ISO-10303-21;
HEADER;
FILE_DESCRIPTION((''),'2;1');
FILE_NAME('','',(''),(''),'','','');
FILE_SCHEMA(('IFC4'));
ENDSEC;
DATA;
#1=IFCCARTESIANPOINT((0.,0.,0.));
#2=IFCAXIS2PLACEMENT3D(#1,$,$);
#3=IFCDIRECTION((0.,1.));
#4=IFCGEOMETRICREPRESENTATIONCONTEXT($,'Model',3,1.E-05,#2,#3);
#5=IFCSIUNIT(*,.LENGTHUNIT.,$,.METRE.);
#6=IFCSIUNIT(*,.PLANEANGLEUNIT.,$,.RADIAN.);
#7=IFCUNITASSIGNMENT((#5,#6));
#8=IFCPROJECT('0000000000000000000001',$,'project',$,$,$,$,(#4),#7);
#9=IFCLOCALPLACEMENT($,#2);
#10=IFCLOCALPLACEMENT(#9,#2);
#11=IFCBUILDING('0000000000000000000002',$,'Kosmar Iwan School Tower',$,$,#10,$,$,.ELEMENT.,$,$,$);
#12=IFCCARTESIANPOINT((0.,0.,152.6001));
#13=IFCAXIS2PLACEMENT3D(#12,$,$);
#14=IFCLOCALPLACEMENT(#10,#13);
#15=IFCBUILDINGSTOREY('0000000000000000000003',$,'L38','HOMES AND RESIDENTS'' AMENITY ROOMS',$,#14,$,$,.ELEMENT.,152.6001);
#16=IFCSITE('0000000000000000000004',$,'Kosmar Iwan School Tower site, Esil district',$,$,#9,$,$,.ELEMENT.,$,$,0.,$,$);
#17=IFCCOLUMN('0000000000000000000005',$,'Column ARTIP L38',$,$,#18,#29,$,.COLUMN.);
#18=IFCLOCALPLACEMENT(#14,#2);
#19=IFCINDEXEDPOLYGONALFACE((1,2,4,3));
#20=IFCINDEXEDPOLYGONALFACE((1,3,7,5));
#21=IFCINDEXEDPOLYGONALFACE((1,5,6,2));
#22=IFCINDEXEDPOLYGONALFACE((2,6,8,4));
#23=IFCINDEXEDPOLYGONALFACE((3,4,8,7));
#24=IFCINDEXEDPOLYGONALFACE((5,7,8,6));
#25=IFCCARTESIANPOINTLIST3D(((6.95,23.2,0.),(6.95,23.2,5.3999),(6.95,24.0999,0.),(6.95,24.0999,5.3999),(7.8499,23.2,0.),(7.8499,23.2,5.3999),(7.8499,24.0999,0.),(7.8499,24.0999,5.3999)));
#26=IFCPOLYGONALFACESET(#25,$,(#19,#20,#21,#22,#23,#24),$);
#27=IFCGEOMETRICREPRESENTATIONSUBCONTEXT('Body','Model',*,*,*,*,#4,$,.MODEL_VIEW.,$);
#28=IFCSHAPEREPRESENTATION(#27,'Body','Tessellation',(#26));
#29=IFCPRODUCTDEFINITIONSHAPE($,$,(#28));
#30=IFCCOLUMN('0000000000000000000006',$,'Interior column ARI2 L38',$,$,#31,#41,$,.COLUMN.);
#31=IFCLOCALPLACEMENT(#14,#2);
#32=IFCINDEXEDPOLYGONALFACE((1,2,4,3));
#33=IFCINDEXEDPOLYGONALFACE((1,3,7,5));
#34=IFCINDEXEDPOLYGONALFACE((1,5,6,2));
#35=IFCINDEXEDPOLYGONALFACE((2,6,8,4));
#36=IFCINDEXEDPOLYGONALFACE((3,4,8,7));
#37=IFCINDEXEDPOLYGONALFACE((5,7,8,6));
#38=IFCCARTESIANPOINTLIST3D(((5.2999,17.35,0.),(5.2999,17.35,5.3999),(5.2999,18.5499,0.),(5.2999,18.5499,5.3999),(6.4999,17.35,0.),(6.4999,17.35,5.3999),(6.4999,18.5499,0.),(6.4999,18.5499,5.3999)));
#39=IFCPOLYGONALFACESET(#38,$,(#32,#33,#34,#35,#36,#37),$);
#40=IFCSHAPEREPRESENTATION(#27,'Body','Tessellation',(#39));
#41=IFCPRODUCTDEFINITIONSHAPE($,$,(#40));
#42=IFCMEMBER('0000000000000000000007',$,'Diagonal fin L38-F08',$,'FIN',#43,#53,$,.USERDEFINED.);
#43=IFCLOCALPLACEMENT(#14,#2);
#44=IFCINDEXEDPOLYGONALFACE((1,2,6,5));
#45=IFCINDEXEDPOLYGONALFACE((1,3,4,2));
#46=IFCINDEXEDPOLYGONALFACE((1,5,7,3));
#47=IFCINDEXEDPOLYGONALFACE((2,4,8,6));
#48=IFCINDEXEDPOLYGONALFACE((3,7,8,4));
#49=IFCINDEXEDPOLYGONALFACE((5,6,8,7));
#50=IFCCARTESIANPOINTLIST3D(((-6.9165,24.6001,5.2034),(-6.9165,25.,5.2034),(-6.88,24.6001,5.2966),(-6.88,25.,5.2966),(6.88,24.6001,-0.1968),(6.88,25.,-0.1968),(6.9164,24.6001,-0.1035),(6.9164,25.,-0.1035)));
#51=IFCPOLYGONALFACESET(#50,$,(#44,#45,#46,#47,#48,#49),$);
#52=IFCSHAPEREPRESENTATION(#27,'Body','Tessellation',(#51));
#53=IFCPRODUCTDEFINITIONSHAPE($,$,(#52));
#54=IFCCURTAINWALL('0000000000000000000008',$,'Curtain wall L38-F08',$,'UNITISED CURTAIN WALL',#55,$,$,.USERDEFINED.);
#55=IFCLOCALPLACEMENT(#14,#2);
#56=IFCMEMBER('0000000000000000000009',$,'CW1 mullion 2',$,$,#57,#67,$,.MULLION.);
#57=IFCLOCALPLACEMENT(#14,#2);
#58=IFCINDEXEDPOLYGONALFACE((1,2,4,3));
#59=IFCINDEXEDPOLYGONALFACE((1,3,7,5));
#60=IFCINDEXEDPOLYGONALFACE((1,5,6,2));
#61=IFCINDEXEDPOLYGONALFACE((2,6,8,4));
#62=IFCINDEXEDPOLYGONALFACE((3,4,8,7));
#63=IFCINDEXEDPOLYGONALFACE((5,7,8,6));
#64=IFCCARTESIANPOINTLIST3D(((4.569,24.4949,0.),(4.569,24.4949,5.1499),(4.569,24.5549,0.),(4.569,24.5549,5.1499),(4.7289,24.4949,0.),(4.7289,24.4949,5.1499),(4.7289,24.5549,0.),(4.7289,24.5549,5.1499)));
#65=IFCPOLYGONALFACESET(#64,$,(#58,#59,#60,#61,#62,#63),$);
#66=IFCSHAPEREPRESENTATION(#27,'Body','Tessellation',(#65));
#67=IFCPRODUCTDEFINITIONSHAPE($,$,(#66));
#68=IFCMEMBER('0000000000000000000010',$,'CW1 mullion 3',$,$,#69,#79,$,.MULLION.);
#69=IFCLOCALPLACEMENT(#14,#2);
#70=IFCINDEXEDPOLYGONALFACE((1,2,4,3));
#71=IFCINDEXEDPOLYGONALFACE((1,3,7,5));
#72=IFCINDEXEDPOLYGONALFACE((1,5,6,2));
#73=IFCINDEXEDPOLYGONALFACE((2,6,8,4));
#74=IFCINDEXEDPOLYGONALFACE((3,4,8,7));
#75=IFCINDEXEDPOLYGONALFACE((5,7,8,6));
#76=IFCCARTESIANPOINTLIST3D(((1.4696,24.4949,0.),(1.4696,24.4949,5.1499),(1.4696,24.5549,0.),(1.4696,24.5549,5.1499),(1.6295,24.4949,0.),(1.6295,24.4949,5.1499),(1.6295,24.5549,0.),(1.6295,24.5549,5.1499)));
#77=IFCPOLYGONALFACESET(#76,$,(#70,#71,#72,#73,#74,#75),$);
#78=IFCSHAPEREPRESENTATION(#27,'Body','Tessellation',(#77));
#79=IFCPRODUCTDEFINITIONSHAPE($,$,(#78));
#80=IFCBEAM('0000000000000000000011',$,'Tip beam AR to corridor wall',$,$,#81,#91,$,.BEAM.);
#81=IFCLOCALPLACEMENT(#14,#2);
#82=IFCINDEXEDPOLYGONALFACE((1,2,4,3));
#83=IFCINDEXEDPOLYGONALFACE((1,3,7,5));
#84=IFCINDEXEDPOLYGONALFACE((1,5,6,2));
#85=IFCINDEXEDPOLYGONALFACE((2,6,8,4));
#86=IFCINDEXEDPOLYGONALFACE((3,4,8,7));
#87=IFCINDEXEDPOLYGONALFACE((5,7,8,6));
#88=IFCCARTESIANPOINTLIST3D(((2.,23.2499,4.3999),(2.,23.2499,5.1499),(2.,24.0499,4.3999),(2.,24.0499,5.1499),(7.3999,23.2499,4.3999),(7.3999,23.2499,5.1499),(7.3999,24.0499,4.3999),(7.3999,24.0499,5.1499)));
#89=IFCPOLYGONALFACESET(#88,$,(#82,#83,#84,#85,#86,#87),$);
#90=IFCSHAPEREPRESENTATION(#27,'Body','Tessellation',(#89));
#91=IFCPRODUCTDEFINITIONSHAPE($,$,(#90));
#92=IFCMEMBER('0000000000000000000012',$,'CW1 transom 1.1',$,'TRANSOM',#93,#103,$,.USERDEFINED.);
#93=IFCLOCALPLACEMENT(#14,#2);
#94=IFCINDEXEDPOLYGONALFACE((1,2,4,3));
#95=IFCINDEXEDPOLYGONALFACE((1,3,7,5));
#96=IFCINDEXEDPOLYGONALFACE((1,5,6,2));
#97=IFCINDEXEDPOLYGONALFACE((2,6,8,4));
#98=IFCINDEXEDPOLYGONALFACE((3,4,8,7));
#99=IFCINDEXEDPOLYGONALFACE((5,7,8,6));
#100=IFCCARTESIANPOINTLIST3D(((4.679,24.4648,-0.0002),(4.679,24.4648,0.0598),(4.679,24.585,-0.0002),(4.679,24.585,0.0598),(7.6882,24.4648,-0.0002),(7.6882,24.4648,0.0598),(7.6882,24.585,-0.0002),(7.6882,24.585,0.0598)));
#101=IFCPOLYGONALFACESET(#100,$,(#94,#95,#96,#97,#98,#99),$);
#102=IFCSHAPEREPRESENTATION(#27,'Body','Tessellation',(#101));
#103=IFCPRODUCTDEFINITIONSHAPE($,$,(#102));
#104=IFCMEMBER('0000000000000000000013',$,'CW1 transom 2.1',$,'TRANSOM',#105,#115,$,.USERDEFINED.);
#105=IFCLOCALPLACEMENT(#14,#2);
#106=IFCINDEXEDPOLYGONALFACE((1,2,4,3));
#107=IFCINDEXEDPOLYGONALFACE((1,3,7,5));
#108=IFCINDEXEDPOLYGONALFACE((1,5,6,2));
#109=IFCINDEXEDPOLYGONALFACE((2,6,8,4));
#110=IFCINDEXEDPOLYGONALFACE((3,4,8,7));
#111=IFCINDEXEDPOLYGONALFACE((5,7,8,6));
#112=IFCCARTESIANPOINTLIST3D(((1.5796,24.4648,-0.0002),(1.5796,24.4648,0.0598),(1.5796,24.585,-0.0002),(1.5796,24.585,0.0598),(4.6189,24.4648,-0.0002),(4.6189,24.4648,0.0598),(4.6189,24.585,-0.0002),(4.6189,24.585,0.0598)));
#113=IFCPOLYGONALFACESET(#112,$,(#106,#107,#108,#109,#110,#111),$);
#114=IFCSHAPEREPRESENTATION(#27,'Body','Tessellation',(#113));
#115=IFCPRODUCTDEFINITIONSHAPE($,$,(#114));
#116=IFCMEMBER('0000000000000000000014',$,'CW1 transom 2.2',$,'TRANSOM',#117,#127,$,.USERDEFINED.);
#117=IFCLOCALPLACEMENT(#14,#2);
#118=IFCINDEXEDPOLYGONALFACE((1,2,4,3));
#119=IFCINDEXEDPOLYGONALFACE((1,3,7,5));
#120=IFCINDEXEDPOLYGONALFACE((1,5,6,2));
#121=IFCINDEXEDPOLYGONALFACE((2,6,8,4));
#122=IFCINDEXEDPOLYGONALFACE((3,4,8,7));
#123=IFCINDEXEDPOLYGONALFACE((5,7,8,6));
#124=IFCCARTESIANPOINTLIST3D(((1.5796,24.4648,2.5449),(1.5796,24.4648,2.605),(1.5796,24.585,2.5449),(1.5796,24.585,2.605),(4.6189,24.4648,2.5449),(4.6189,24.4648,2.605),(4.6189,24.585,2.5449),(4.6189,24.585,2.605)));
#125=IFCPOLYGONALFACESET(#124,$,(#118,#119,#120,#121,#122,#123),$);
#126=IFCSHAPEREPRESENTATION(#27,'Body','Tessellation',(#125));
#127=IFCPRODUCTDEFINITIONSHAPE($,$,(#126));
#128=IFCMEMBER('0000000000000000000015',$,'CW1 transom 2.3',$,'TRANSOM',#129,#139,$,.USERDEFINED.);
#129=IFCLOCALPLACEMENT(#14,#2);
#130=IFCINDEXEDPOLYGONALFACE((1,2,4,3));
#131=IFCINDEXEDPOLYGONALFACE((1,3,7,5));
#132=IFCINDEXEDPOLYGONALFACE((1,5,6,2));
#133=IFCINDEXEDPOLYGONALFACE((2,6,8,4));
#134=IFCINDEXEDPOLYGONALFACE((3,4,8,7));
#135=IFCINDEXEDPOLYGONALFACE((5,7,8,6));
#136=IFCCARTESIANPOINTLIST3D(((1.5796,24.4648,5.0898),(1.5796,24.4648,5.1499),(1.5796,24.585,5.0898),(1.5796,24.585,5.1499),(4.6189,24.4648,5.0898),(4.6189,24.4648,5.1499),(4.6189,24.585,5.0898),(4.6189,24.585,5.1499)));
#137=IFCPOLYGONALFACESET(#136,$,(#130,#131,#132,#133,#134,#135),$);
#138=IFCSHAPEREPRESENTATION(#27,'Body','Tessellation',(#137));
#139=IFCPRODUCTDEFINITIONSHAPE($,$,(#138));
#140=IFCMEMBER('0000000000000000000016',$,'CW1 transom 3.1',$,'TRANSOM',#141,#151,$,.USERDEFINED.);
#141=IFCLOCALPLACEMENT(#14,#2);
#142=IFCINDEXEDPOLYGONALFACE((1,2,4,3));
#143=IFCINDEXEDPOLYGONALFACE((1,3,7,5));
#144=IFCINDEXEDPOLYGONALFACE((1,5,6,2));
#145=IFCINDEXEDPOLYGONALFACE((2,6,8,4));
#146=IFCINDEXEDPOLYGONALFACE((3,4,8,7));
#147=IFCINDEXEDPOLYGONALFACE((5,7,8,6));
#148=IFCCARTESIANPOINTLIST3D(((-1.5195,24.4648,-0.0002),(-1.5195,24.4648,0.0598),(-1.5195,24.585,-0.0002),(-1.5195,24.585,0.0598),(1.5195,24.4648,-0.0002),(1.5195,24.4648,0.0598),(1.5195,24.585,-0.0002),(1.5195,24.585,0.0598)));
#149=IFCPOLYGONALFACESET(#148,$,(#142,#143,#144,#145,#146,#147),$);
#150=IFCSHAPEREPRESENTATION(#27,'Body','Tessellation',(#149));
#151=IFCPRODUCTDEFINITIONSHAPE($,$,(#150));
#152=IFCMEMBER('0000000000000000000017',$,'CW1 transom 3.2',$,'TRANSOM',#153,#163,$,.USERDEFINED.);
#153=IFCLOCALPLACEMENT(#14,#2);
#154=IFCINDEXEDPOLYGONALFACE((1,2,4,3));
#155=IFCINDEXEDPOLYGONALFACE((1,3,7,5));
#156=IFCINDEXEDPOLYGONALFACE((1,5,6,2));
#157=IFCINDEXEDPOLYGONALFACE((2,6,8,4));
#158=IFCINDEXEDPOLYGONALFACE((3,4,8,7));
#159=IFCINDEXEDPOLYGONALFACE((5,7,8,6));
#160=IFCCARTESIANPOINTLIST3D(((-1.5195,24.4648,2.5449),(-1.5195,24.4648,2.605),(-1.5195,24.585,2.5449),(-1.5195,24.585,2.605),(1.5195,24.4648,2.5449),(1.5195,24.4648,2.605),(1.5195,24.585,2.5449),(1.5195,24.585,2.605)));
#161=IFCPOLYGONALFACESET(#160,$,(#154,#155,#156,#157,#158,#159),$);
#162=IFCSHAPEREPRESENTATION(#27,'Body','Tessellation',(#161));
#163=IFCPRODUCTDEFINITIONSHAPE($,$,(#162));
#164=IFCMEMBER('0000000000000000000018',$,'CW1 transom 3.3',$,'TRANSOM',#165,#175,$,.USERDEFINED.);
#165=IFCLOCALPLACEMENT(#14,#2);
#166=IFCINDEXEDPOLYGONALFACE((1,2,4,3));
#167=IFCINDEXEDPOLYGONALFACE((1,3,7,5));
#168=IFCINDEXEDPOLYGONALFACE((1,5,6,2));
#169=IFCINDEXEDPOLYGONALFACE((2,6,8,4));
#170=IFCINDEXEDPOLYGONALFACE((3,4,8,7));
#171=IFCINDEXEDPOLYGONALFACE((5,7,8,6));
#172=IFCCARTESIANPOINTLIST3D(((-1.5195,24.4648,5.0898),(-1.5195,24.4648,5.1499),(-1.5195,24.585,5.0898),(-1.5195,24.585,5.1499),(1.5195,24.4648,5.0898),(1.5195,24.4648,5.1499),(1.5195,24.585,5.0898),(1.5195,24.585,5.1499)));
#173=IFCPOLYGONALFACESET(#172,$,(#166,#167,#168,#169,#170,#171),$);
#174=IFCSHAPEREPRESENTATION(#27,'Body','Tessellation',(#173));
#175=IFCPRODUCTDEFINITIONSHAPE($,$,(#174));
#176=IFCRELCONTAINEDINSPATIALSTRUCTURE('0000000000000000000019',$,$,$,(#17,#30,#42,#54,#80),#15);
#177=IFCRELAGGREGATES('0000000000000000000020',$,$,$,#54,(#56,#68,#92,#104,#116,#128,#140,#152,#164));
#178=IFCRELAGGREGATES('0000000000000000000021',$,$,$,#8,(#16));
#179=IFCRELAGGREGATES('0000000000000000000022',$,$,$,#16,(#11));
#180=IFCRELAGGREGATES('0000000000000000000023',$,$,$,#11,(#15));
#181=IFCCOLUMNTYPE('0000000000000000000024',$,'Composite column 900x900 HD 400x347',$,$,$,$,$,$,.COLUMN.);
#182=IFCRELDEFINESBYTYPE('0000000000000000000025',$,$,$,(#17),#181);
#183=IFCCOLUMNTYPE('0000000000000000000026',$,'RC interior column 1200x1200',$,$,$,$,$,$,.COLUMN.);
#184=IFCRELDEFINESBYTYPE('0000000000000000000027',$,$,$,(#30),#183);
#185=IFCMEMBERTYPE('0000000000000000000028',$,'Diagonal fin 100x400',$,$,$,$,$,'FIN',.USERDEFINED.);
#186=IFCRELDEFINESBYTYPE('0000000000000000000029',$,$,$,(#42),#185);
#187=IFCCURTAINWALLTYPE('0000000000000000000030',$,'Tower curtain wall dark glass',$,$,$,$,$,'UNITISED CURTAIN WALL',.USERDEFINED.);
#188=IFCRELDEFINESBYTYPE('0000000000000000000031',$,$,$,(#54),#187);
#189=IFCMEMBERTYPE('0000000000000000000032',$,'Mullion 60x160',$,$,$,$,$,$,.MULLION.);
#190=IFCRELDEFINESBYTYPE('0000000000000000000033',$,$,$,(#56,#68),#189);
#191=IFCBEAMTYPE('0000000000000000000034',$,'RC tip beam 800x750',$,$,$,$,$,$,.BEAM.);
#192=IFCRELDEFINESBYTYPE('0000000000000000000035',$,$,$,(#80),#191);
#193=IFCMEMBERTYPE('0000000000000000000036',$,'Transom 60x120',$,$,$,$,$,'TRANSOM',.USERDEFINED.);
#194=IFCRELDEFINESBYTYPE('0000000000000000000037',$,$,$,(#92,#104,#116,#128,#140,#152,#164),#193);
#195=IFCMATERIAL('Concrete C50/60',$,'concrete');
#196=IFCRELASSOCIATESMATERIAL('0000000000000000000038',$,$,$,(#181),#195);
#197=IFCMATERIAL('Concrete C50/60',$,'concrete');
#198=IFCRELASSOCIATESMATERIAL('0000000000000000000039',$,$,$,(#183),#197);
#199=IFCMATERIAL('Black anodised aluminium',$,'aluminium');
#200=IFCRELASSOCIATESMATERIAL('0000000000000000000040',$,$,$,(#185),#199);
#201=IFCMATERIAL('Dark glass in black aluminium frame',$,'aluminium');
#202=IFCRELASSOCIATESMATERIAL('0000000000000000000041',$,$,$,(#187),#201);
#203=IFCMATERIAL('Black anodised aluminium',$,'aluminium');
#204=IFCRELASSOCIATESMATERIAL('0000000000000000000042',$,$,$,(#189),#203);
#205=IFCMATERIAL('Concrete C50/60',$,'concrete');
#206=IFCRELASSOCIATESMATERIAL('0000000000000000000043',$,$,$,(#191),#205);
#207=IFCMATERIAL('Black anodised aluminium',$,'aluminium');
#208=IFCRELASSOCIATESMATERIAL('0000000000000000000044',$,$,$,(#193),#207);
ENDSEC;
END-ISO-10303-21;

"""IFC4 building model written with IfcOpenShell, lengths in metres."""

from ifc_helpers import new_model, si_unit, direction, frame, origin, origin_2d, place, context, subcontext, project, spatial, rectangle, extrude, material, material_profile, profile_set, type_object, element, aggregate, save


model = new_model("IFC4")

# Units and contexts
model_context = context("Model", 3, precision=1e-05, world=origin(), true_north=direction((0.0, 1.0)))
body_context = subcontext(model_context, "Body", "Model", "MODEL_VIEW")
ifc_project = project(units=[si_unit("LENGTHUNIT", "METRE"), si_unit("PLANEANGLEUNIT", "RADIAN")], contexts=[model_context])

# Site, building, storey
site_placement = place(None, origin())
site = spatial("IfcSite", under=ifc_project, at=site_placement, Name="Kosmar Iwan School Tower site, Esil district", CompositionType="ELEMENT", RefElevation=0.0)
building_placement = place(site_placement, origin())
building = spatial("IfcBuilding", under=site, at=building_placement, Name="Kosmar Iwan School Tower", CompositionType="ELEMENT")
storey_placement = place(building_placement, frame((0.0, 0.0, 152.6001)))
storey = spatial("IfcBuildingStorey", under=building, at=storey_placement, Name="L38", Description="HOMES AND RESIDENTS' AMENITY ROOMS", CompositionType="ELEMENT", Elevation=152.6001)

# Columns
ifc_material_1 = material(Name="Concrete C50/60", Category="concrete")
ifc_material_profile_1 = material_profile(ifc_material_1, rectangle(XDim=0.8999, YDim=0.8999, at=origin_2d()), Name="RC 900x900 + HD 400x347")
ifc_profile_set_1 = profile_set([ifc_material_profile_1], Name="Concrete C50/60")
column_type_1 = type_object("IfcColumnType", Name="Composite column 900x900 HD 400x347", PredefinedType="COLUMN", material=ifc_profile_set_1)
column_1_placement = place(storey_placement, frame((7.3999, 23.6499, 0.0), z_axis=(0.0, 0.0, 1.0), x_axis=(0.0, 1.0, 0.0)))
element("IfcColumn", 1, at=column_1_placement, inside=storey, type_object=column_type_1, Name="Column ARTIP L38", PredefinedType="COLUMN", context=body_context, shape_type="SweptSolid", body=[
    extrude(rectangle(XDim=0.8999, YDim=0.8999, at=origin_2d()), origin(), (0.0, 0.0, 1.0), 5.3999),
])
ifc_material_2 = material(Name="Concrete C50/60", Category="concrete")
ifc_material_profile_2 = material_profile(ifc_material_2, rectangle(XDim=1.2, YDim=1.2, at=origin_2d()), Name="RC 1200x1200")
ifc_profile_set_2 = profile_set([ifc_material_profile_2], Name="Concrete C50/60")
column_type_2 = type_object("IfcColumnType", Name="RC interior column 1200x1200", PredefinedType="COLUMN", material=ifc_profile_set_2)
column_2_placement = place(storey_placement, frame((5.8999, 17.95, 0.0), z_axis=(0.0, 0.0, 1.0), x_axis=(0.0, 1.0, 0.0)))
element("IfcColumn", 2, at=column_2_placement, inside=storey, type_object=column_type_2, Name="Interior column ARI2 L38", PredefinedType="COLUMN", context=body_context, shape_type="SweptSolid", body=[
    extrude(rectangle(XDim=1.2, YDim=1.2, at=origin_2d()), origin(), (0.0, 0.0, 1.0), 5.3999),
])

# Member
ifc_material_3 = material(Name="Black anodised aluminium", Category="aluminium")
ifc_material_profile_3 = material_profile(ifc_material_3, rectangle(XDim=0.1001, YDim=0.3999, at=origin_2d()), Name="FIN 100x400")
ifc_profile_set_3 = profile_set([ifc_material_profile_3], Name="Black anodised aluminium")
member_type_1 = type_object("IfcMemberType", Name="Diagonal fin 100x400", ElementType="FIN", PredefinedType="USERDEFINED", material=ifc_profile_set_3)
member_1_placement = place(storey_placement, frame((6.8982, 24.8, -0.1501), z_axis=(-0.931207, 0.0, 0.364491), x_axis=(0.364491, 0.0, 0.931207)))
element("IfcMember", 3, at=member_1_placement, inside=storey, type_object=member_type_1, Name="Diagonal fin L38-F08", ObjectType="FIN", PredefinedType="USERDEFINED", context=body_context, shape_type="SweptSolid", body=[
    extrude(rectangle(XDim=0.1001, YDim=0.3999, at=origin_2d()), origin(), (0.0, 0.0, 1.0), 14.8157),
])

# Curtain wall, members
ifc_material_4 = material(Name="Dark glass in black aluminium frame", Category="aluminium")
curtain_wall_type = type_object("IfcCurtainWallType", Name="Tower curtain wall dark glass", ElementType="UNITISED CURTAIN WALL", PredefinedType="USERDEFINED", material=ifc_material_4)
curtain_wall_placement = place(storey_placement, origin())
curtain_wall = element("IfcCurtainWall", 4, at=curtain_wall_placement, inside=storey, type_object=curtain_wall_type, Name="Curtain wall L38-F08", ObjectType="UNITISED CURTAIN WALL", PredefinedType="USERDEFINED")
ifc_material_5 = material(Name="Black anodised aluminium", Category="aluminium")
ifc_material_profile_4 = material_profile(ifc_material_5, rectangle(XDim=0.0601, YDim=0.1599, at=origin_2d()), Name="MULLION 60x160")
ifc_profile_set_4 = profile_set([ifc_material_profile_4], Name="Black anodised aluminium")
member_type_2 = type_object("IfcMemberType", Name="Mullion 60x160", PredefinedType="MULLION", material=ifc_profile_set_4)
member_2_placement = place(storey_placement, frame((4.6489, 24.5249, 0.0), z_axis=(0.0, 0.0, 1.0), x_axis=(0.0, -1.0, 0.0)))
member_2 = element("IfcMember", 5, at=member_2_placement, type_object=member_type_2, Name="CW1 mullion 2", PredefinedType="MULLION", context=body_context, shape_type="SweptSolid", body=[
    extrude(rectangle(XDim=0.0601, YDim=0.1599, at=origin_2d()), origin(), (0.0, 0.0, 1.0), 5.1499),
])
member_3_placement = place(storey_placement, frame((1.5496, 24.5249, 0.0), z_axis=(0.0, 0.0, 1.0), x_axis=(0.0, -1.0, 0.0)))
member_3 = element("IfcMember", 6, at=member_3_placement, type_object=member_type_2, Name="CW1 mullion 3", PredefinedType="MULLION", context=body_context, shape_type="SweptSolid", body=[
    extrude(rectangle(XDim=0.0601, YDim=0.1599, at=origin_2d()), origin(), (0.0, 0.0, 1.0), 5.1499),
])

# Beam
ifc_material_6 = material(Name="Concrete C50/60", Category="concrete")
ifc_material_profile_5 = material_profile(ifc_material_6, rectangle(XDim=0.8, YDim=0.75, at=origin_2d()), Name="RC 800x750")
ifc_profile_set_5 = profile_set([ifc_material_profile_5], Name="Concrete C50/60")
beam_type = type_object("IfcBeamType", Name="RC tip beam 800x750", PredefinedType="BEAM", material=ifc_profile_set_5)
beam_placement = place(storey_placement, frame((7.3999, 23.6499, 4.7749), z_axis=(-1.0, 0.0, 0.0), x_axis=(0.0, -1.0, 0.0)))
element("IfcBeam", 7, at=beam_placement, inside=storey, type_object=beam_type, Name="Tip beam AR to corridor wall", PredefinedType="BEAM", context=body_context, shape_type="SweptSolid", body=[
    extrude(rectangle(XDim=0.8, YDim=0.75, at=origin_2d()), origin(), (0.0, 0.0, 1.0), 5.3999),
])

# Members
ifc_material_7 = material(Name="Black anodised aluminium", Category="aluminium")
ifc_material_profile_6 = material_profile(ifc_material_7, rectangle(XDim=0.1201, YDim=0.0601, at=origin_2d()), Name="TRANSOM 60x120")
ifc_profile_set_6 = profile_set([ifc_material_profile_6], Name="Black anodised aluminium")
member_type_3 = type_object("IfcMemberType", Name="Transom 60x120", ElementType="TRANSOM", PredefinedType="USERDEFINED", material=ifc_profile_set_6)
member_4_placement = place(storey_placement, frame((7.6882, 24.5249, 0.0298), z_axis=(-1.0, 0.0, 0.0), x_axis=(0.0, -1.0, 0.0)))
member_4 = element("IfcMember", 8, at=member_4_placement, type_object=member_type_3, Name="CW1 transom 1.1", ObjectType="TRANSOM", PredefinedType="USERDEFINED", context=body_context, shape_type="SweptSolid", body=[
    extrude(rectangle(XDim=0.1201, YDim=0.0601, at=origin_2d()), origin(), (0.0, 0.0, 1.0), 3.0093),
])
member_5_placement = place(storey_placement, frame((4.6189, 24.5249, 0.0298), z_axis=(-1.0, 0.0, 0.0), x_axis=(0.0, -1.0, 0.0)))
member_5 = element("IfcMember", 9, at=member_5_placement, type_object=member_type_3, Name="CW1 transom 2.1", ObjectType="TRANSOM", PredefinedType="USERDEFINED", context=body_context, shape_type="SweptSolid", body=[
    extrude(rectangle(XDim=0.1201, YDim=0.0601, at=origin_2d()), origin(), (0.0, 0.0, 1.0), 3.0393),
])
member_6_placement = place(storey_placement, frame((4.6189, 24.5249, 2.575), z_axis=(-1.0, 0.0, 0.0), x_axis=(0.0, -1.0, 0.0)))
member_6 = element("IfcMember", 10, at=member_6_placement, type_object=member_type_3, Name="CW1 transom 2.2", ObjectType="TRANSOM", PredefinedType="USERDEFINED", context=body_context, shape_type="SweptSolid", body=[
    extrude(rectangle(XDim=0.1201, YDim=0.0601, at=origin_2d()), origin(), (0.0, 0.0, 1.0), 3.0393),
])
member_7_placement = place(storey_placement, frame((4.6189, 24.5249, 5.1199), z_axis=(-1.0, 0.0, 0.0), x_axis=(0.0, -1.0, 0.0)))
member_7 = element("IfcMember", 11, at=member_7_placement, type_object=member_type_3, Name="CW1 transom 2.3", ObjectType="TRANSOM", PredefinedType="USERDEFINED", context=body_context, shape_type="SweptSolid", body=[
    extrude(rectangle(XDim=0.1201, YDim=0.0601, at=origin_2d()), origin(), (0.0, 0.0, 1.0), 3.0393),
])
member_8_placement = place(storey_placement, frame((1.5195, 24.5249, 0.0298), z_axis=(-1.0, 0.0, 0.0), x_axis=(0.0, -1.0, 0.0)))
member_8 = element("IfcMember", 12, at=member_8_placement, type_object=member_type_3, Name="CW1 transom 3.1", ObjectType="TRANSOM", PredefinedType="USERDEFINED", context=body_context, shape_type="SweptSolid", body=[
    extrude(rectangle(XDim=0.1201, YDim=0.0601, at=origin_2d()), origin(), (0.0, 0.0, 1.0), 3.0391),
])
member_9_placement = place(storey_placement, frame((1.5195, 24.5249, 2.575), z_axis=(-1.0, 0.0, 0.0), x_axis=(0.0, -1.0, 0.0)))
member_9 = element("IfcMember", 13, at=member_9_placement, type_object=member_type_3, Name="CW1 transom 3.2", ObjectType="TRANSOM", PredefinedType="USERDEFINED", context=body_context, shape_type="SweptSolid", body=[
    extrude(rectangle(XDim=0.1201, YDim=0.0601, at=origin_2d()), origin(), (0.0, 0.0, 1.0), 3.0391),
])
member_10_placement = place(storey_placement, frame((1.5195, 24.5249, 5.1199), z_axis=(-1.0, 0.0, 0.0), x_axis=(0.0, -1.0, 0.0)))
member_10 = element("IfcMember", 14, at=member_10_placement, type_object=member_type_3, Name="CW1 transom 3.3", ObjectType="TRANSOM", PredefinedType="USERDEFINED", context=body_context, shape_type="SweptSolid", body=[
    extrude(rectangle(XDim=0.1201, YDim=0.0601, at=origin_2d()), origin(), (0.0, 0.0, 1.0), 3.0391),
])

aggregate(curtain_wall, [member_2, member_3, member_4, member_5, member_6, member_7, member_8, member_9, member_10])

save(model, "model.ifc")
